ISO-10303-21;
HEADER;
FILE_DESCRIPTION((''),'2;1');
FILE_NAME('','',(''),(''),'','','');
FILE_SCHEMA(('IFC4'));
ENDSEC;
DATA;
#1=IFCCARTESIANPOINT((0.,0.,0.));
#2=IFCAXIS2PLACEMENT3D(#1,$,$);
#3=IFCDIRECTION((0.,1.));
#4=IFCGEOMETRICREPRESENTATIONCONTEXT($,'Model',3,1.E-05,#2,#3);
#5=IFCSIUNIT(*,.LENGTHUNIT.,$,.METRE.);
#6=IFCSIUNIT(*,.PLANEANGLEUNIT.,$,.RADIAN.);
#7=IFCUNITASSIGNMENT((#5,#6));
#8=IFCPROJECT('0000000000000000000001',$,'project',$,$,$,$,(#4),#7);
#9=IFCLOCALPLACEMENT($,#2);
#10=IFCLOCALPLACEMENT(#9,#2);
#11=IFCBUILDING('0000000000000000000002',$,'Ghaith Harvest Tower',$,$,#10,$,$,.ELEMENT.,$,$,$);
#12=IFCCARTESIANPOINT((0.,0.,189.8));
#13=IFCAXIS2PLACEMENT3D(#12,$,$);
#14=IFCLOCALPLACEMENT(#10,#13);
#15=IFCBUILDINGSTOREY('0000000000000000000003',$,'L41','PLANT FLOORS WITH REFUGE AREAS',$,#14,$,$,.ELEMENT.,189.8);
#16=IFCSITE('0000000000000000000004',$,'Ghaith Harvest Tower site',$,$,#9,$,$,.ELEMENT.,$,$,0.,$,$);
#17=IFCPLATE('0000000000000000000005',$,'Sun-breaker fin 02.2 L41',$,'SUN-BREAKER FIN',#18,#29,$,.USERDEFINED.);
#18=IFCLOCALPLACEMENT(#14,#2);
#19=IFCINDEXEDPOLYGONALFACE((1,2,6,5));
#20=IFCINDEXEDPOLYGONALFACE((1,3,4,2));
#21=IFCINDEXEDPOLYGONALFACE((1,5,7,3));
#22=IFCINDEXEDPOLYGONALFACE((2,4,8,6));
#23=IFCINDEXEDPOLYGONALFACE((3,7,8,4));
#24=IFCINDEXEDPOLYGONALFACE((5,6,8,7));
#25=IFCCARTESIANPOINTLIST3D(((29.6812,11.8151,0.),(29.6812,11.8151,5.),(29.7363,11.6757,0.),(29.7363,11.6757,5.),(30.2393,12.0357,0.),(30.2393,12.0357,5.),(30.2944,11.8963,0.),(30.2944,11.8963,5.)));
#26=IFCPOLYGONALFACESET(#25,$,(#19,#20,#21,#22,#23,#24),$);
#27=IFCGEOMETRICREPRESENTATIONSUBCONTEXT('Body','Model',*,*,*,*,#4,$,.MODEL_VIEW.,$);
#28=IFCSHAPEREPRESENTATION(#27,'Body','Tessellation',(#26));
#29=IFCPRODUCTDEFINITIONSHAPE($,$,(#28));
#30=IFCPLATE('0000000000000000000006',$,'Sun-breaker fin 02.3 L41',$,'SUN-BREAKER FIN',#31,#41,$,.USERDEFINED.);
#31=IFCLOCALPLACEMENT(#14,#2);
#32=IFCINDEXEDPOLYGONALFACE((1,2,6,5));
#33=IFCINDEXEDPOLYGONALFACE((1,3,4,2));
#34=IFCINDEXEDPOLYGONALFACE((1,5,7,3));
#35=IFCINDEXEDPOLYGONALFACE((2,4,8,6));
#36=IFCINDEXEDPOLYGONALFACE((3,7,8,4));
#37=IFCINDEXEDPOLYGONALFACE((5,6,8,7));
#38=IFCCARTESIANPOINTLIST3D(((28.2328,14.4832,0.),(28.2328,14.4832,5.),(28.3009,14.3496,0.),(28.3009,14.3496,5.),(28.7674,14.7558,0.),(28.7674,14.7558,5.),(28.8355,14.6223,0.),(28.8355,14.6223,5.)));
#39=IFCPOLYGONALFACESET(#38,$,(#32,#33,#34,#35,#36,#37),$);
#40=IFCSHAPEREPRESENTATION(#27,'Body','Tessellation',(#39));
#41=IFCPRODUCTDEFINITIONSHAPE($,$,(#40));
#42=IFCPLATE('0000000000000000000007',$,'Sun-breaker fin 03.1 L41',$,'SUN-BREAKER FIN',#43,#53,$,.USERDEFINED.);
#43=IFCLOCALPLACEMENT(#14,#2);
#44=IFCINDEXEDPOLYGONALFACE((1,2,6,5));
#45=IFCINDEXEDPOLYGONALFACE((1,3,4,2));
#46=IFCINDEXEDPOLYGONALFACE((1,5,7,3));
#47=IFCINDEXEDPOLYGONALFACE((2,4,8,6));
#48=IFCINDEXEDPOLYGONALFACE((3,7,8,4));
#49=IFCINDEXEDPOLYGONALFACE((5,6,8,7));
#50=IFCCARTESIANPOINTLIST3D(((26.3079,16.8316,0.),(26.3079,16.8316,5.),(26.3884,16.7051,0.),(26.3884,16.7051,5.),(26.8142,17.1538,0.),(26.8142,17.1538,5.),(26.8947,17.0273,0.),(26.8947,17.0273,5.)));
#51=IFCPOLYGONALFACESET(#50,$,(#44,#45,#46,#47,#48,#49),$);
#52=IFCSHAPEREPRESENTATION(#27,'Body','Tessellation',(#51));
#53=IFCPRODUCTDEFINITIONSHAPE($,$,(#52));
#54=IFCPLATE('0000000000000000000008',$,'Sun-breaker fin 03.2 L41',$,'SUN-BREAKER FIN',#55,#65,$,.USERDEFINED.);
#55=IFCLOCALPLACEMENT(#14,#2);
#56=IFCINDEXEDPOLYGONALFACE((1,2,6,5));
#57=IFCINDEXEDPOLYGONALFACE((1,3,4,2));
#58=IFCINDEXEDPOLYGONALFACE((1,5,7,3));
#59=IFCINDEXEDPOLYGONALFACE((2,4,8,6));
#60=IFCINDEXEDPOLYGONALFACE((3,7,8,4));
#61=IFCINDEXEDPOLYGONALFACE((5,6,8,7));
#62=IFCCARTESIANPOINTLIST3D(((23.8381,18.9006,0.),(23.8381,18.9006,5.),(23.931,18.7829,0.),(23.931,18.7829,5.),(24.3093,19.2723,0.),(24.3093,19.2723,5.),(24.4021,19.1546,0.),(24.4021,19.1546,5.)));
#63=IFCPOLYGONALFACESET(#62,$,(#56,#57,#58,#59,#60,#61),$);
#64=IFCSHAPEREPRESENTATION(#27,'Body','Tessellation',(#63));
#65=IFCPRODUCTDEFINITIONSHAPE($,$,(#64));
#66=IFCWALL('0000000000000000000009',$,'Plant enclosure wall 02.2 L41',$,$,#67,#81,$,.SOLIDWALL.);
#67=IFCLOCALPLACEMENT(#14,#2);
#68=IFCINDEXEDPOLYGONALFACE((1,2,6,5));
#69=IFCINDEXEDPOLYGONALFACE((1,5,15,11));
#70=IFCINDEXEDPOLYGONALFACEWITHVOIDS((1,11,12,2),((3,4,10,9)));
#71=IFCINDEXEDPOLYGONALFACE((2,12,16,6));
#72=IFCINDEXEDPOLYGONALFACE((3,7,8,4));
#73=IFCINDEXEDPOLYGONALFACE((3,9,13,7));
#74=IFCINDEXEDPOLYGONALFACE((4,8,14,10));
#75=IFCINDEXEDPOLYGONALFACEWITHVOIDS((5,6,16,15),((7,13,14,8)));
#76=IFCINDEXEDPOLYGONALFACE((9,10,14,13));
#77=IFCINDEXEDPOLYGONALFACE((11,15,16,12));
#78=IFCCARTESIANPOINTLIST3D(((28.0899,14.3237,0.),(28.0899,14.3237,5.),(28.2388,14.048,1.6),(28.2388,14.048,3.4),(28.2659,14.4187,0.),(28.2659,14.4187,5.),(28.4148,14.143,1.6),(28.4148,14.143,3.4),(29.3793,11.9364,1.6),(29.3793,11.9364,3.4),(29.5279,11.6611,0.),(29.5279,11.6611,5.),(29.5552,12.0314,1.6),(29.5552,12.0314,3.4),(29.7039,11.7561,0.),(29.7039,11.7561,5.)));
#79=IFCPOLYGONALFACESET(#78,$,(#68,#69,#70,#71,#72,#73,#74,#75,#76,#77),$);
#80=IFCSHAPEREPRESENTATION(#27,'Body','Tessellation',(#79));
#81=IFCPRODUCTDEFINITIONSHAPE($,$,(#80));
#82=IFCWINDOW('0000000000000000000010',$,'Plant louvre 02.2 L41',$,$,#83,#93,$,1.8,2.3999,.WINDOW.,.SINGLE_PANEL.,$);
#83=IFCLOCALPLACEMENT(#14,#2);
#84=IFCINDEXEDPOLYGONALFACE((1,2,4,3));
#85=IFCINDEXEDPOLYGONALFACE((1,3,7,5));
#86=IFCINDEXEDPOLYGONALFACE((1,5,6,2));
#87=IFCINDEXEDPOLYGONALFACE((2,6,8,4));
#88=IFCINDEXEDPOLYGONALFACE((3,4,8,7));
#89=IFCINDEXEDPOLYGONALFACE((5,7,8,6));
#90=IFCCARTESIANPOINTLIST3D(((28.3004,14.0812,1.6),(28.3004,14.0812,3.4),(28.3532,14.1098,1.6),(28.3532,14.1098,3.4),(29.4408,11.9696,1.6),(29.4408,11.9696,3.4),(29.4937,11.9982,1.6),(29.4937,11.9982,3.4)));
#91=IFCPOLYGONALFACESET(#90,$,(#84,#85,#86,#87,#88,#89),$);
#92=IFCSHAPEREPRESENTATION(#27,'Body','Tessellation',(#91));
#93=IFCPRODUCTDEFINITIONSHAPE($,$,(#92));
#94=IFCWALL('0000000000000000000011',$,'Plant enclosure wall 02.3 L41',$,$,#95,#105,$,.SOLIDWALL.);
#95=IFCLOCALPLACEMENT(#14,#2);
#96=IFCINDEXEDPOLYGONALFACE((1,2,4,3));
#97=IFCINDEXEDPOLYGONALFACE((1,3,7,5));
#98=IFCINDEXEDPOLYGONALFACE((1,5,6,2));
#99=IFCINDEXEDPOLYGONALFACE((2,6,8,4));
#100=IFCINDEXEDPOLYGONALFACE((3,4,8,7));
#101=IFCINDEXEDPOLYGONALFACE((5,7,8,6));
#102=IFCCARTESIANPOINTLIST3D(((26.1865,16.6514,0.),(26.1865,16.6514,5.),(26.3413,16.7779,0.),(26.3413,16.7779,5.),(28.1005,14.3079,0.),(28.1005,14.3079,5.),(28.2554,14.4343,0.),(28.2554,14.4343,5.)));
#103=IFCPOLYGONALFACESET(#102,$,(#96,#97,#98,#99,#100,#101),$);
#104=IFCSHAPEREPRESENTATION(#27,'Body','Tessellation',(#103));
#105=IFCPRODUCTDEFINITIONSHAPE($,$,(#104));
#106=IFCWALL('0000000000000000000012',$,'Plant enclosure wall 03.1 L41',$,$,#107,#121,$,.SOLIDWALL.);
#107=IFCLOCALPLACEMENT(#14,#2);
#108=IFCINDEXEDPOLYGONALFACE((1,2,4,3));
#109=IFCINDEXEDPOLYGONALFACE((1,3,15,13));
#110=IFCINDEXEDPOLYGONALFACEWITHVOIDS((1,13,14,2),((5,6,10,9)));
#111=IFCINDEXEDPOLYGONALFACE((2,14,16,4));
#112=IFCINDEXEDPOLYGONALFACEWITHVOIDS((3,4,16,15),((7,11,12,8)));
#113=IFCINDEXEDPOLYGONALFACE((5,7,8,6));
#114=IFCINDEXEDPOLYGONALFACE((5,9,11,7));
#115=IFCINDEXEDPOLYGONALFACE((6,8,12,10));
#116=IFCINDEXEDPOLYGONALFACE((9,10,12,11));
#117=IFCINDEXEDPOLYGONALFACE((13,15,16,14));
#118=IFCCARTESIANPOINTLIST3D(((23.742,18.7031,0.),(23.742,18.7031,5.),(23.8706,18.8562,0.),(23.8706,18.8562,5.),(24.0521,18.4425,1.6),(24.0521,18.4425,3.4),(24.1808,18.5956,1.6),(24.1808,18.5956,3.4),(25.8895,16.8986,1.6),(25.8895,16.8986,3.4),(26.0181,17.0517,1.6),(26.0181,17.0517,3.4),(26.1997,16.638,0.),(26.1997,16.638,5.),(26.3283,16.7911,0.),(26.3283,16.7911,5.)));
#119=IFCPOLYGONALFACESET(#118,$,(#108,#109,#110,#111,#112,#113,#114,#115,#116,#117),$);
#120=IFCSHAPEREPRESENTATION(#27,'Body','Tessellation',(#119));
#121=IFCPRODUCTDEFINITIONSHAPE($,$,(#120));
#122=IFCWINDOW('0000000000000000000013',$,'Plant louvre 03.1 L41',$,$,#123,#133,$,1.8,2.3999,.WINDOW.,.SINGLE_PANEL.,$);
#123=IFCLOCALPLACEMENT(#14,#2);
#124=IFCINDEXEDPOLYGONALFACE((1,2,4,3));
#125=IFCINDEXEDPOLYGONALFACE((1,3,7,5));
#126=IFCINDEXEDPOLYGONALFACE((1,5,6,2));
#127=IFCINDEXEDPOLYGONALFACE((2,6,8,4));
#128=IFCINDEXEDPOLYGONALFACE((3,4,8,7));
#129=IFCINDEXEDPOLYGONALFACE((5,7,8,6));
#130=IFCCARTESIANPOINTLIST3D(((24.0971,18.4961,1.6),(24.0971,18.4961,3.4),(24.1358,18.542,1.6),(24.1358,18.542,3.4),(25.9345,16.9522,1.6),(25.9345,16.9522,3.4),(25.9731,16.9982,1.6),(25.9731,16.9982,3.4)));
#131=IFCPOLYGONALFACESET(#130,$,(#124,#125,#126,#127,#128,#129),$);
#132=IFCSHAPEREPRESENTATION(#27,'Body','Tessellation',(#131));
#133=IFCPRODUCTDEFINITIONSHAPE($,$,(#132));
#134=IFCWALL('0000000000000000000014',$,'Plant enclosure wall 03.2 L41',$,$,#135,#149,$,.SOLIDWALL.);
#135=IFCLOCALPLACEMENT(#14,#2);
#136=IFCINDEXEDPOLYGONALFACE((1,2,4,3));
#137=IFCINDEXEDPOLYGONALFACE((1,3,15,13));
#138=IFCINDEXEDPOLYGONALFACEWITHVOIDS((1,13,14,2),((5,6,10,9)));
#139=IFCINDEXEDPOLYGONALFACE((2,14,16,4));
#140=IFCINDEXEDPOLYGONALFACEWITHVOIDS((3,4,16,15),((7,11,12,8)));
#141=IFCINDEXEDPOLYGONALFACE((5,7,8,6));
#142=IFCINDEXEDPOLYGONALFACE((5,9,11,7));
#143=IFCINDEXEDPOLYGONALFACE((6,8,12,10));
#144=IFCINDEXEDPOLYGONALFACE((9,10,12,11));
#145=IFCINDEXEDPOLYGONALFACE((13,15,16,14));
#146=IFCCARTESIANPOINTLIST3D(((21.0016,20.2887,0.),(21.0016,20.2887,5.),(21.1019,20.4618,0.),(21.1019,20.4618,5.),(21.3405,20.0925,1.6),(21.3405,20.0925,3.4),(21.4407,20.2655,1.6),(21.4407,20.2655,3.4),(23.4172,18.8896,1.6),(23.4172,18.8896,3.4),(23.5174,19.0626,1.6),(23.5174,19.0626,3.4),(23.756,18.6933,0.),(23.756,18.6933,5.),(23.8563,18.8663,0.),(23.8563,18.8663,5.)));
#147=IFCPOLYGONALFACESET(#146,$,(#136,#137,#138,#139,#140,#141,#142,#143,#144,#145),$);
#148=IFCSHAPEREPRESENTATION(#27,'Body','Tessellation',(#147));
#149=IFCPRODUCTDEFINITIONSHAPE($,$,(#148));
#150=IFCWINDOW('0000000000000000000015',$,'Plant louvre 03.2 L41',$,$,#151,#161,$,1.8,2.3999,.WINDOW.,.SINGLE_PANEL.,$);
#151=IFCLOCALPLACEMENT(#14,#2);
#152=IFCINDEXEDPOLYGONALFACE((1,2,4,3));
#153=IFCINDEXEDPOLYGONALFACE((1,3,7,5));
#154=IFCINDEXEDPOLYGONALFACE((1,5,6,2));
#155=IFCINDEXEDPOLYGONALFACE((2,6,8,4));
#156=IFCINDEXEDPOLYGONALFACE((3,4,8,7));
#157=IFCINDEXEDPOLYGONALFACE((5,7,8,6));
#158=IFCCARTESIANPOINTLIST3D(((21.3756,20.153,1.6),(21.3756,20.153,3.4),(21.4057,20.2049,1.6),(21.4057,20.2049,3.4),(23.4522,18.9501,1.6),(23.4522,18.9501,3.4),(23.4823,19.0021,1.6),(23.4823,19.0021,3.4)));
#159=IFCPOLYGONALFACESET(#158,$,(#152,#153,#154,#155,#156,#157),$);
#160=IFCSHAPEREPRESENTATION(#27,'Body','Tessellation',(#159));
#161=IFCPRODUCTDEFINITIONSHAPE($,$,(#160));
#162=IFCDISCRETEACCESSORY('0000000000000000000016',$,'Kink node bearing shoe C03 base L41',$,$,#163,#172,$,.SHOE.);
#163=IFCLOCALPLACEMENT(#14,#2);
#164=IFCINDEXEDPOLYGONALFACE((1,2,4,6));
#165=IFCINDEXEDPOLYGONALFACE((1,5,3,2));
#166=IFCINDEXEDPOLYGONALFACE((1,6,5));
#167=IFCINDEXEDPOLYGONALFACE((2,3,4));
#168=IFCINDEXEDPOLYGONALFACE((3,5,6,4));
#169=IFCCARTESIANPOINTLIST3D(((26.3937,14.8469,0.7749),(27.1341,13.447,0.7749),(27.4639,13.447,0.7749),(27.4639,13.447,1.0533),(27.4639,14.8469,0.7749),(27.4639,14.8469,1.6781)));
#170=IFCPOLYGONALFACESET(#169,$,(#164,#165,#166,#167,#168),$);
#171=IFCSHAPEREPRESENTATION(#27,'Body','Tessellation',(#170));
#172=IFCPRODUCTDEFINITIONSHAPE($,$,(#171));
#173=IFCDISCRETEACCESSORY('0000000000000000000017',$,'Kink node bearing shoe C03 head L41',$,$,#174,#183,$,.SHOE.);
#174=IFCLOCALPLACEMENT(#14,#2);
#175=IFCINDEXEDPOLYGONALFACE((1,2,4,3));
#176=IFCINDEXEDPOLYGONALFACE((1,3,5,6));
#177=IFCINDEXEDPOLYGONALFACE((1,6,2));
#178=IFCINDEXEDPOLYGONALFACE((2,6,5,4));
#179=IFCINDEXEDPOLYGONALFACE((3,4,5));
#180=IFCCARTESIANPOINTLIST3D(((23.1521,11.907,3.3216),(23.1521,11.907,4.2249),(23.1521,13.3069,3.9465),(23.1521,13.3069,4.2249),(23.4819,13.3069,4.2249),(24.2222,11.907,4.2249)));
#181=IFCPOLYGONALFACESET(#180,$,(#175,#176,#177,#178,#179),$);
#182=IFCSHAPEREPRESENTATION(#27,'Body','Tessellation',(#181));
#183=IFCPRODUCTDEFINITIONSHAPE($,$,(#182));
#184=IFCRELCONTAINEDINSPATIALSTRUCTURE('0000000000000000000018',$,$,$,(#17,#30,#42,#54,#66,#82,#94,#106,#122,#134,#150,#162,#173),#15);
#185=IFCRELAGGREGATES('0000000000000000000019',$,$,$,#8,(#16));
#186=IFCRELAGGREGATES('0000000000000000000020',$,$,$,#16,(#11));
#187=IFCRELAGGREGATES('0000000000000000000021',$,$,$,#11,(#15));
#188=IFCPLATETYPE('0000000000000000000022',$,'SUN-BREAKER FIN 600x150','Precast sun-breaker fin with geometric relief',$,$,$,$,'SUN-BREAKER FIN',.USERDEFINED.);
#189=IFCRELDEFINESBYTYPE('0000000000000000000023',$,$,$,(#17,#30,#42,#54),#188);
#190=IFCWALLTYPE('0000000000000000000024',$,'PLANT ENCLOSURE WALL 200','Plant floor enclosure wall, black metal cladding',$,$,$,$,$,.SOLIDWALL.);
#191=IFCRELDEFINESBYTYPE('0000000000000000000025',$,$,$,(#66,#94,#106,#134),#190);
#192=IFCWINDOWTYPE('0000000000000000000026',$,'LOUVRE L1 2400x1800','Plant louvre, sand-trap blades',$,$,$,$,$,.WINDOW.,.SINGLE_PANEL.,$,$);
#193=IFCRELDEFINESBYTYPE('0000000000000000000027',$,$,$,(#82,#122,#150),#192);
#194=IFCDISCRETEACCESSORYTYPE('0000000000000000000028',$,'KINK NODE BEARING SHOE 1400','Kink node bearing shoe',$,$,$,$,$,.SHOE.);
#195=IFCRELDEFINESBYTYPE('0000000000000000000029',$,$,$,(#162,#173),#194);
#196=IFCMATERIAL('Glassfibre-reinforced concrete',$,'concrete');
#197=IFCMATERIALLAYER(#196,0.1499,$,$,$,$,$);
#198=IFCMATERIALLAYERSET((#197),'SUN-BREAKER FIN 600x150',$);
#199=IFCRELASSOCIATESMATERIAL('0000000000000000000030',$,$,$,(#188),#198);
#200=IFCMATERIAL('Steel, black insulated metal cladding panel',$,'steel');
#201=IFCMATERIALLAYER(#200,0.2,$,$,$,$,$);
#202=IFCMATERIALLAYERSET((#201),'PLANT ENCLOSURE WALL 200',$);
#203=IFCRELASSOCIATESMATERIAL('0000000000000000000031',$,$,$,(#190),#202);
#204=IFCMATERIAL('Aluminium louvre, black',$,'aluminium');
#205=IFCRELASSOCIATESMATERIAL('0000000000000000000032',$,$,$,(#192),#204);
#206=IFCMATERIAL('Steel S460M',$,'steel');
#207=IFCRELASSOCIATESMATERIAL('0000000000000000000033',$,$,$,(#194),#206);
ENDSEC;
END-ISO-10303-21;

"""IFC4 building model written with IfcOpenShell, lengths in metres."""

from ifc_helpers import new_model, si_unit, direction, frame, frame_2d, origin, origin_2d, place, context, subcontext, project, spatial, rectangle, extrude, clip, halfspace, material, layer, layer_set, material_profile, profile_set, type_object, element, fill, save


model = new_model("IFC4")

# Units and contexts
model_context = context("Model", 3, precision=1e-05, world=origin(), true_north=direction((0.0, 1.0)))
body_context = subcontext(model_context, "Body", "Model", "MODEL_VIEW")
ifc_project = project(units=[si_unit("LENGTHUNIT", "METRE"), si_unit("PLANEANGLEUNIT", "RADIAN")], contexts=[model_context])

# Site, building, storey
site_placement = place(None, origin())
site = spatial("IfcSite", under=ifc_project, at=site_placement, Name="Ghaith Harvest Tower site", CompositionType="ELEMENT", RefElevation=0.0)
building_placement = place(site_placement, origin())
building = spatial("IfcBuilding", under=site, at=building_placement, Name="Ghaith Harvest Tower", CompositionType="ELEMENT")
storey_placement = place(building_placement, frame((0.0, 0.0, 189.8)))
storey = spatial("IfcBuildingStorey", under=building, at=storey_placement, Name="L41", Description="PLANT FLOORS WITH REFUGE AREAS", CompositionType="ELEMENT", Elevation=189.8)

# Plates
ifc_material_1 = material(Name="Glassfibre-reinforced concrete", Category="concrete")
ifc_layer_1 = layer(ifc_material_1, 0.1499)
ifc_layer_set_1 = layer_set([ifc_layer_1], Name="SUN-BREAKER FIN 600x150")
plate_type = type_object("IfcPlateType", Name="SUN-BREAKER FIN 600x150", Description="Precast sun-breaker fin with geometric relief", ElementType="SUN-BREAKER FIN", PredefinedType="USERDEFINED", material=ifc_layer_set_1)
for number, where, z_axis, x_axis, name in (
    (1, (29.9878, 11.8557, 0.0), (0.0, 0.0, 1.0), (0.929961, 0.367659, 0.0), "Sun-breaker fin 02.2 L41"),
    (2, (28.5342, 14.5527, 0.0), (0.0, 0.0, 1.0), (0.890831, 0.454335, 0.0), "Sun-breaker fin 02.3 L41"),
    (3, (26.6013, 16.9294, 0.0), (0.0, 0.0, 1.0), (0.843644, 0.536903, 0.0), "Sun-breaker fin 03.1 L41"),
    (4, (24.1201, 19.0276, 0.0), (0.0, 0.0, 1.0), (0.785115, 0.61935, 0.0), "Sun-breaker fin 03.2 L41"),
):
    element("IfcPlate", number, at=place(storey_placement, frame(where, z_axis=z_axis, x_axis=x_axis)), inside=storey, type_object=plate_type, Name=name, ObjectType="SUN-BREAKER FIN", PredefinedType="USERDEFINED", context=body_context, shape_type="SweptSolid", body=[
        extrude(rectangle(XDim=0.6001, YDim=0.1499, at=origin_2d()), origin(), (0.0, 0.0, 1.0), 5.0),
    ])

# Wall, opening, window
ifc_material_2 = material(Name="Steel, black insulated metal cladding panel", Category="steel")
ifc_layer_2 = layer(ifc_material_2, 0.2)
ifc_layer_set_2 = layer_set([ifc_layer_2], Name="PLANT ENCLOSURE WALL 200")
wall_type = type_object("IfcWallType", Name="PLANT ENCLOSURE WALL 200", Description="Plant floor enclosure wall, black metal cladding", PredefinedType="SOLIDWALL", material=ifc_layer_set_2)
wall_1_placement = place(storey_placement, frame((29.616, 11.7085, 0.0), z_axis=(0.0, 0.0, 1.0), x_axis=(-0.475196, 0.87988, 0.0)))
wall_1 = element("IfcWall", 5, at=wall_1_placement, inside=storey, type_object=wall_type, Name="Plant enclosure wall 02.2 L41", PredefinedType="SOLIDWALL", context=body_context, shape_type="SweptSolid", body=[
    extrude(rectangle(XDim=3.0261, YDim=0.2, at=frame_2d((1.5132, 0.0))), origin(), (0.0, 0.0, 1.0), 5.0),
])
opening_1_placement = place(wall_1_placement, frame((0.313, 0.0, 1.6001)))
opening_1 = element("IfcOpeningElement", 6, at=opening_1_placement, cuts=wall_1, PredefinedType="OPENING", context=body_context, shape_type="SweptSolid", body=[
    extrude(rectangle(XDim=2.3999, YDim=1.8, at=frame_2d((1.2, 0.8999))), frame((0.0, 0.1099, 0.0), z_axis=(0.0, -1.0, 0.0), x_axis=(1.0, 0.0, 0.0)), (0.0, 0.0, 1.0), 0.22),
])
ifc_material_3 = material(Name="Aluminium louvre, black", Category="aluminium")
window_type = type_object("IfcWindowType", Name="LOUVRE L1 2400x1800", Description="Plant louvre, sand-trap blades", PartitioningType="SINGLE_PANEL", PredefinedType="WINDOW", material=ifc_material_3)
window_1_placement = place(opening_1_placement, origin())
window_1 = element("IfcWindow", 7, at=window_1_placement, inside=storey, type_object=window_type, Name="Plant louvre 02.2 L41", OverallHeight=1.8, OverallWidth=2.3999, PartitioningType="SINGLE_PANEL", PredefinedType="WINDOW", context=body_context, shape_type="SweptSolid", body=[
    extrude(rectangle(XDim=2.3999, YDim=1.8, at=frame_2d((1.2, 0.8999))), frame((0.0, 0.03, 0.0), z_axis=(0.0, -1.0, 0.0), x_axis=(1.0, 0.0, 0.0)), (0.0, 0.0, 1.0), 0.0601),
])
fill(opening_1, window_1)

# Wall
wall_2_placement = place(storey_placement, frame((28.178, 14.3711, 0.0), z_axis=(0.0, 0.0, 1.0), x_axis=(-0.632574, 0.7745, 0.0)))
element("IfcWall", 8, at=wall_2_placement, inside=storey, type_object=wall_type, Name="Plant enclosure wall 02.3 L41", PredefinedType="SOLIDWALL", context=body_context, shape_type="SweptSolid", body=[
    extrude(rectangle(XDim=3.0259, YDim=0.2, at=frame_2d((1.5129, 0.0))), origin(), (0.0, 0.0, 1.0), 5.0),
])

# Walls, openings, windows
wall_3_placement = place(storey_placement, frame((26.2639, 16.7146, 0.0), z_axis=(0.0, 0.0, 1.0), x_axis=(-0.765603, 0.643313, 0.0)))
wall_3 = element("IfcWall", 9, at=wall_3_placement, inside=storey, type_object=wall_type, Name="Plant enclosure wall 03.1 L41", PredefinedType="SOLIDWALL", context=body_context, shape_type="SweptSolid", body=[
    extrude(rectangle(XDim=3.2102, YDim=0.2, at=frame_2d((1.605, 0.0))), origin(), (0.0, 0.0, 1.0), 5.0),
])
opening_2_placement = place(wall_3_placement, frame((0.405, 0.0, 1.6001)))
opening_2 = element("IfcOpeningElement", 10, at=opening_2_placement, cuts=wall_3, PredefinedType="OPENING", context=body_context, shape_type="SweptSolid", body=[
    extrude(rectangle(XDim=2.3999, YDim=1.8, at=frame_2d((1.2, 0.8999))), frame((0.0, 0.1099, 0.0), z_axis=(0.0, -1.0, 0.0), x_axis=(1.0, 0.0, 0.0)), (0.0, 0.0, 1.0), 0.22),
])
window_2_placement = place(opening_2_placement, origin())
window_2 = element("IfcWindow", 11, at=window_2_placement, inside=storey, type_object=window_type, Name="Plant louvre 03.1 L41", OverallHeight=1.8, OverallWidth=2.3999, PartitioningType="SINGLE_PANEL", PredefinedType="WINDOW", context=body_context, shape_type="SweptSolid", body=[
    extrude(rectangle(XDim=2.3999, YDim=1.8, at=frame_2d((1.2, 0.8999))), frame((0.0, 0.03, 0.0), z_axis=(0.0, -1.0, 0.0), x_axis=(1.0, 0.0, 0.0)), (0.0, 0.0, 1.0), 0.0601),
])
fill(opening_2, window_2)
wall_4_placement = place(storey_placement, frame((23.8062, 18.7798, 0.0), z_axis=(0.0, 0.0, 1.0), x_axis=(-0.865316, 0.501227, 0.0)))
wall_4 = element("IfcWall", 12, at=wall_4_placement, inside=storey, type_object=wall_type, Name="Plant enclosure wall 03.2 L41", PredefinedType="SOLIDWALL", context=body_context, shape_type="SweptSolid", body=[
    extrude(rectangle(XDim=3.1831, YDim=0.2, at=frame_2d((1.5916, 0.0))), origin(), (0.0, 0.0, 1.0), 5.0),
])
opening_3_placement = place(wall_4_placement, frame((0.3916, 0.0, 1.6001)))
opening_3 = element("IfcOpeningElement", 13, at=opening_3_placement, cuts=wall_4, PredefinedType="OPENING", context=body_context, shape_type="SweptSolid", body=[
    extrude(rectangle(XDim=2.3999, YDim=1.8, at=frame_2d((1.2, 0.8999))), frame((0.0, 0.1099, 0.0), z_axis=(0.0, -1.0, 0.0), x_axis=(1.0, 0.0, 0.0)), (0.0, 0.0, 1.0), 0.22),
])
window_3_placement = place(opening_3_placement, origin())
window_3 = element("IfcWindow", 14, at=window_3_placement, inside=storey, type_object=window_type, Name="Plant louvre 03.2 L41", OverallHeight=1.8, OverallWidth=2.3999, PartitioningType="SINGLE_PANEL", PredefinedType="WINDOW", context=body_context, shape_type="SweptSolid", body=[
    extrude(rectangle(XDim=2.3999, YDim=1.8, at=frame_2d((1.2, 0.8999))), frame((0.0, 0.03, 0.0), z_axis=(0.0, -1.0, 0.0), x_axis=(1.0, 0.0, 0.0)), (0.0, 0.0, 1.0), 0.0601),
])
fill(opening_3, window_3)

# Discrete accessories
ifc_material_4 = material(Name="Steel S460M", Category="steel")
ifc_material_profile_1 = material_profile(ifc_material_4, rectangle(XDim=1.3999, YDim=1.3999, at=origin_2d()), Name="KINK NODE BEARING SHOE 1400")
ifc_profile_set_1 = profile_set([ifc_material_profile_1], Name="Steel S460M")
discrete_accessory_type = type_object("IfcDiscreteAccessoryType", Name="KINK NODE BEARING SHOE 1400", Description="Kink node bearing shoe", PredefinedType="SHOE", material=ifc_profile_set_1)
discrete_accessory_1_placement = place(storey_placement, frame((26.7639, 14.147, 0.7749), z_axis=(0.0, 0.0, 1.0), x_axis=(1.0, 0.0, 0.0)))
element("IfcDiscreteAccessory", 15, at=discrete_accessory_1_placement, inside=storey, type_object=discrete_accessory_type, Name="Kink node bearing shoe C03 base L41", PredefinedType="SHOE", context=body_context, shape_type="Clipping", body=[
    clip(extrude(rectangle(XDim=1.3999, YDim=1.3999, at=origin_2d()), origin(), (0.0, 0.0, 1.0), 0.9133), halfspace(frame((0.0, 0.0, 0.0), z_axis=(-0.61047, -0.322844, 0.723255), x_axis=(1.0, 0.0, 0.0)), False)),
])
discrete_accessory_2_placement = place(storey_placement, frame((23.8521, 12.6069, 3.3118), z_axis=(0.0, 0.0, 1.0), x_axis=(1.0, 0.0, 0.0)))
element("IfcDiscreteAccessory", 16, at=discrete_accessory_2_placement, inside=storey, type_object=discrete_accessory_type, Name="Kink node bearing shoe C03 head L41", PredefinedType="SHOE", context=body_context, shape_type="Clipping", body=[
    clip(extrude(rectangle(XDim=1.3999, YDim=1.3999, at=origin_2d()), origin(), (0.0, 0.0, 1.0), 0.9131), halfspace(frame((0.0, 0.0, 0.9131), z_axis=(0.61047, 0.322844, -0.723255), x_axis=(1.0, 0.0, 0.0)), False)),
])

save(model, "model.ifc")
